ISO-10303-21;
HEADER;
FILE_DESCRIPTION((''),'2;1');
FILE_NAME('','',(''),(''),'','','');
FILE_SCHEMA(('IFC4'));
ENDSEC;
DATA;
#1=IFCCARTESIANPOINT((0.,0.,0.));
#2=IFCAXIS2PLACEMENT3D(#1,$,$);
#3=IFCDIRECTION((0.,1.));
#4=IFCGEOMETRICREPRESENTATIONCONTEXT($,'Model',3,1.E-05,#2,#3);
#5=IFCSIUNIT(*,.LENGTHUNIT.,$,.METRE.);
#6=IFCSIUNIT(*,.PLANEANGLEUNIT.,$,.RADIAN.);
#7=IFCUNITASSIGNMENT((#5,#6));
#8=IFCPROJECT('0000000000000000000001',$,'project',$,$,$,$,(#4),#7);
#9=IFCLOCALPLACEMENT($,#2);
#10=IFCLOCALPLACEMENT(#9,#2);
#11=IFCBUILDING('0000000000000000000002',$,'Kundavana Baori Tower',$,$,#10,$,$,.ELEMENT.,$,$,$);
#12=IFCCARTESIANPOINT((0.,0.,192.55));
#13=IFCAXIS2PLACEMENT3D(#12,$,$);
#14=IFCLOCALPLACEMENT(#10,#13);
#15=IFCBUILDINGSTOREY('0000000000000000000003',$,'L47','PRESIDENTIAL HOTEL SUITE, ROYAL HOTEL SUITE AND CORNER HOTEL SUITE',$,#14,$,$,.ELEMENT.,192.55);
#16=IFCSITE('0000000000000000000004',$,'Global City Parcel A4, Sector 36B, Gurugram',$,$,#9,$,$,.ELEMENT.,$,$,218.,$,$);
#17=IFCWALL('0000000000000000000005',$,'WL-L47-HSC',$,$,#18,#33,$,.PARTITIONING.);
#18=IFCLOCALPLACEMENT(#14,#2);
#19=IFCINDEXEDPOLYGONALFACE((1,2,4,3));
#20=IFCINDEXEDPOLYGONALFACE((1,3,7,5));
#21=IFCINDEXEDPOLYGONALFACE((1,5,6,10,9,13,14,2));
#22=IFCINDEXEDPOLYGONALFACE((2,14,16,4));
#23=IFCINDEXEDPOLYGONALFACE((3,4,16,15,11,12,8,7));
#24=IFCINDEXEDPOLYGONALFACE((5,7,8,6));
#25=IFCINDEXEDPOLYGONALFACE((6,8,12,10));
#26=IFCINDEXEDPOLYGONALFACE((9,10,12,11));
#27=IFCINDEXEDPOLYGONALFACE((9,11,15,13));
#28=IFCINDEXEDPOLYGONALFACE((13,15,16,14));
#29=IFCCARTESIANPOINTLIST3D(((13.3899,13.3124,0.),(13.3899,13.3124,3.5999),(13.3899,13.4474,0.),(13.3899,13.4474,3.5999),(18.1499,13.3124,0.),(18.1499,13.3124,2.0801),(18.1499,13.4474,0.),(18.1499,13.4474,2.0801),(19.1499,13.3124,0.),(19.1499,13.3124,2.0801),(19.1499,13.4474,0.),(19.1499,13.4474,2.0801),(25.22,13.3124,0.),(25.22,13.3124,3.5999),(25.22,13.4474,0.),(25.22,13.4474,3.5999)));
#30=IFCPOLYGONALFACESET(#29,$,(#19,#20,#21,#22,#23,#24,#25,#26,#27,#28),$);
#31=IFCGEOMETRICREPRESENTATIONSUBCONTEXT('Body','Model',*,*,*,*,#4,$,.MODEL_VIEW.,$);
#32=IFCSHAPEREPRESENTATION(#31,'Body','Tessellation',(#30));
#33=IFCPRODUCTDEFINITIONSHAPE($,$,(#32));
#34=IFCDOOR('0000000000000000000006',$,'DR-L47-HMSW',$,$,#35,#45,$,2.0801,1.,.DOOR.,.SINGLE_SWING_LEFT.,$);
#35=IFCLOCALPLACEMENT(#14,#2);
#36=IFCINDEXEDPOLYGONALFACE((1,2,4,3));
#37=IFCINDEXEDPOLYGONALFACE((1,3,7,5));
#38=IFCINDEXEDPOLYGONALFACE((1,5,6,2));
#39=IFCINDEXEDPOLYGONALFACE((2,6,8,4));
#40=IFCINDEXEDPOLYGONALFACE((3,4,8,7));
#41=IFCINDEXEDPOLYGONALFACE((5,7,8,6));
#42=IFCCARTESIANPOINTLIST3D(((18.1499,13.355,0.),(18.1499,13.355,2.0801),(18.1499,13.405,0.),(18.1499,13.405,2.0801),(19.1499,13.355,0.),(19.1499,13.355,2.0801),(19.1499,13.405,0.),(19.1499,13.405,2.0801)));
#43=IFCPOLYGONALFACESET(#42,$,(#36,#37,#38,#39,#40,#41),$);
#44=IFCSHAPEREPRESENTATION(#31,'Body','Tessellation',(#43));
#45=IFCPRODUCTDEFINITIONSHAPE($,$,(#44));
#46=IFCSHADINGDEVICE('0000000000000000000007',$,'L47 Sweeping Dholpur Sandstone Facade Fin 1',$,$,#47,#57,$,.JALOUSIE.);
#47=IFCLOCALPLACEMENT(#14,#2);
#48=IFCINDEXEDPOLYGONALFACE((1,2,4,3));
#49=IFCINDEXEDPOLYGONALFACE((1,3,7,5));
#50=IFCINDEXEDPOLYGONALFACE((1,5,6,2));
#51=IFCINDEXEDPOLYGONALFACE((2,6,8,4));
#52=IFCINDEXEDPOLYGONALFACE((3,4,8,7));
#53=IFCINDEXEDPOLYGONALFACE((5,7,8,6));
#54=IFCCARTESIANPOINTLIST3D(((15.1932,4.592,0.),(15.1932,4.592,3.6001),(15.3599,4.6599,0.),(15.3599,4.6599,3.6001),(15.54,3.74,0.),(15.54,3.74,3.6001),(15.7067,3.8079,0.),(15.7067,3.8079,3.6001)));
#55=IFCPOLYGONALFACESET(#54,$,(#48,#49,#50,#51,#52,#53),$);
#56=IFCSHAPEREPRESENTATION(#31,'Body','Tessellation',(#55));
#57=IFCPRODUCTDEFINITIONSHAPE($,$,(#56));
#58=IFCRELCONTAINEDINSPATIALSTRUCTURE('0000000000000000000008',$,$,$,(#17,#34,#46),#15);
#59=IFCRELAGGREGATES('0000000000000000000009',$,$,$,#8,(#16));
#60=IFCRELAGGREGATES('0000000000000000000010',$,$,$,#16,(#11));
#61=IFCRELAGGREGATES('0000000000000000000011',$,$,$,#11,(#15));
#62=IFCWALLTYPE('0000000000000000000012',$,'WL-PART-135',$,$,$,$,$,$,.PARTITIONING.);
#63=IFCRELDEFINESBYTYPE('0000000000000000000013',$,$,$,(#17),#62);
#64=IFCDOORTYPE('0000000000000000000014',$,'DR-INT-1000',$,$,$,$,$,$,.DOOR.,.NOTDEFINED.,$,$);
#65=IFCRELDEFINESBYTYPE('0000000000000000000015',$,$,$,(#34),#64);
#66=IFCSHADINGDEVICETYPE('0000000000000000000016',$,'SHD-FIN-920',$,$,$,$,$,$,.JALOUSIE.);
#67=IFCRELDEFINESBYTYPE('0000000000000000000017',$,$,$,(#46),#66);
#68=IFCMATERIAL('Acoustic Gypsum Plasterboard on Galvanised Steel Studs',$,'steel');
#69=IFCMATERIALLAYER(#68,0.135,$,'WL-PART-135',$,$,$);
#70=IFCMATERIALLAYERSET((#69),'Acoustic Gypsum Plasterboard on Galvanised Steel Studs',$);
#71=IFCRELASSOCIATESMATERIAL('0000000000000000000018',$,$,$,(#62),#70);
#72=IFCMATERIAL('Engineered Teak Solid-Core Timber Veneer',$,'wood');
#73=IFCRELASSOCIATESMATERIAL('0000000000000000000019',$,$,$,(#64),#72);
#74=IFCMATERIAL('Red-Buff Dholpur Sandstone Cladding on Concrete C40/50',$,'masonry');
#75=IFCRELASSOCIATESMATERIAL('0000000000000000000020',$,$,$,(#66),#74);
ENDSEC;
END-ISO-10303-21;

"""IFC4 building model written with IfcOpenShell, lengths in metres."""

from ifc_helpers import new_model, si_unit, direction, frame, frame_2d, origin, origin_2d, place, context, subcontext, project, spatial, rectangle, extrude, material, layer, layer_set, type_object, element, fill, save


model = new_model("IFC4")

# Units and contexts
model_context = context("Model", 3, precision=1e-05, world=origin(), true_north=direction((0.0, 1.0)))
body_context = subcontext(model_context, "Body", "Model", "MODEL_VIEW")
ifc_project = project(units=[si_unit("LENGTHUNIT", "METRE"), si_unit("PLANEANGLEUNIT", "RADIAN")], contexts=[model_context])

# Site, building, storey
site_placement = place(None, origin())
site = spatial("IfcSite", under=ifc_project, at=site_placement, Name="Global City Parcel A4, Sector 36B, Gurugram", CompositionType="ELEMENT", RefElevation=218.0)
building_placement = place(site_placement, origin())
building = spatial("IfcBuilding", under=site, at=building_placement, Name="Kundavana Baori Tower", CompositionType="ELEMENT")
storey_placement = place(building_placement, frame((0.0, 0.0, 192.55)))
storey = spatial("IfcBuildingStorey", under=building, at=storey_placement, Name="L47", Description="PRESIDENTIAL HOTEL SUITE, ROYAL HOTEL SUITE AND CORNER HOTEL SUITE", CompositionType="ELEMENT", Elevation=192.55)

# Wall, opening, door
ifc_material_1 = material(Name="Acoustic Gypsum Plasterboard on Galvanised Steel Studs", Category="steel")
ifc_layer_1 = layer(ifc_material_1, 0.135, Name="WL-PART-135")
ifc_layer_set_1 = layer_set([ifc_layer_1], Name="Acoustic Gypsum Plasterboard on Galvanised Steel Studs")
wall_type_1 = type_object("IfcWallType", Name="WL-PART-135", PredefinedType="PARTITIONING", material=ifc_layer_set_1)
wall_1_placement = place(storey_placement, frame((13.3899, 13.3799, 0.0), z_axis=(0.0, 0.0, 1.0), x_axis=(1.0, 0.0, 0.0)))
wall_1 = element("IfcWall", 1, at=wall_1_placement, inside=storey, type_object=wall_type_1, Name="WL-L47-HSC", PredefinedType="PARTITIONING", context=body_context, shape_type="SweptSolid", body=[
    extrude(rectangle(XDim=11.8301, YDim=0.135, at=frame_2d((5.915, 0.0))), origin(), (0.0, 0.0, 1.0), 3.5999),
])
opening_1_placement = place(wall_1_placement, frame((4.76, 0.0, 0.0)))
opening_1 = element("IfcOpeningElement", 2, at=opening_1_placement, cuts=wall_1, PredefinedType="OPENING", context=body_context, shape_type="SweptSolid", body=[
    extrude(rectangle(XDim=1.0, YDim=2.0801, at=frame_2d((0.5, 1.04))), frame((0.0, 0.0776, 0.0), z_axis=(0.0, -1.0, 0.0), x_axis=(1.0, 0.0, 0.0)), (0.0, 0.0, 1.0), 0.155),
])
ifc_material_2 = material(Name="Engineered Teak Solid-Core Timber Veneer", Category="wood")
door_type_1 = type_object("IfcDoorType", Name="DR-INT-1000", OperationType="NOTDEFINED", PredefinedType="DOOR", material=ifc_material_2)
door_1_placement = place(opening_1_placement, frame((1.0, 0.0, 0.0), z_axis=(0.0, 0.0, 1.0), x_axis=(-1.0, 0.0, 0.0)))
door_1 = element("IfcDoor", 3, at=door_1_placement, inside=storey, type_object=door_type_1, Name="DR-L47-HMSW", OperationType="SINGLE_SWING_LEFT", OverallHeight=2.0801, OverallWidth=1.0, PredefinedType="DOOR", context=body_context, shape_type="SweptSolid", body=[
    extrude(rectangle(XDim=1.0, YDim=2.0801, at=frame_2d((0.5, 1.04))), frame((0.0, 0.0249, 0.0), z_axis=(0.0, -1.0, 0.0), x_axis=(1.0, 0.0, 0.0)), (0.0, 0.0, 1.0), 0.05),
])
fill(opening_1, door_1)

# Shading device
ifc_material_3 = material(Name="Red-Buff Dholpur Sandstone Cladding on Concrete C40/50", Category="masonry")
shading_device_type = type_object("IfcShadingDeviceType", Name="SHD-FIN-920", PredefinedType="JALOUSIE", material=ifc_material_3)
shading_device_placement = place(storey_placement, frame((15.45, 4.2, 0.0), z_axis=(0.0, 0.0, 1.0), x_axis=(0.9262, 0.377033, 0.0)))
element("IfcShadingDevice", 4, at=shading_device_placement, inside=storey, type_object=shading_device_type, Name="L47 Sweeping Dholpur Sandstone Facade Fin 1", PredefinedType="JALOUSIE", context=body_context, shape_type="SweptSolid", body=[
    extrude(rectangle(XDim=0.1799, YDim=0.9199, at=origin_2d()), origin(), (0.0, 0.0, 1.0), 3.6001),
])

save(model, "model.ifc")
